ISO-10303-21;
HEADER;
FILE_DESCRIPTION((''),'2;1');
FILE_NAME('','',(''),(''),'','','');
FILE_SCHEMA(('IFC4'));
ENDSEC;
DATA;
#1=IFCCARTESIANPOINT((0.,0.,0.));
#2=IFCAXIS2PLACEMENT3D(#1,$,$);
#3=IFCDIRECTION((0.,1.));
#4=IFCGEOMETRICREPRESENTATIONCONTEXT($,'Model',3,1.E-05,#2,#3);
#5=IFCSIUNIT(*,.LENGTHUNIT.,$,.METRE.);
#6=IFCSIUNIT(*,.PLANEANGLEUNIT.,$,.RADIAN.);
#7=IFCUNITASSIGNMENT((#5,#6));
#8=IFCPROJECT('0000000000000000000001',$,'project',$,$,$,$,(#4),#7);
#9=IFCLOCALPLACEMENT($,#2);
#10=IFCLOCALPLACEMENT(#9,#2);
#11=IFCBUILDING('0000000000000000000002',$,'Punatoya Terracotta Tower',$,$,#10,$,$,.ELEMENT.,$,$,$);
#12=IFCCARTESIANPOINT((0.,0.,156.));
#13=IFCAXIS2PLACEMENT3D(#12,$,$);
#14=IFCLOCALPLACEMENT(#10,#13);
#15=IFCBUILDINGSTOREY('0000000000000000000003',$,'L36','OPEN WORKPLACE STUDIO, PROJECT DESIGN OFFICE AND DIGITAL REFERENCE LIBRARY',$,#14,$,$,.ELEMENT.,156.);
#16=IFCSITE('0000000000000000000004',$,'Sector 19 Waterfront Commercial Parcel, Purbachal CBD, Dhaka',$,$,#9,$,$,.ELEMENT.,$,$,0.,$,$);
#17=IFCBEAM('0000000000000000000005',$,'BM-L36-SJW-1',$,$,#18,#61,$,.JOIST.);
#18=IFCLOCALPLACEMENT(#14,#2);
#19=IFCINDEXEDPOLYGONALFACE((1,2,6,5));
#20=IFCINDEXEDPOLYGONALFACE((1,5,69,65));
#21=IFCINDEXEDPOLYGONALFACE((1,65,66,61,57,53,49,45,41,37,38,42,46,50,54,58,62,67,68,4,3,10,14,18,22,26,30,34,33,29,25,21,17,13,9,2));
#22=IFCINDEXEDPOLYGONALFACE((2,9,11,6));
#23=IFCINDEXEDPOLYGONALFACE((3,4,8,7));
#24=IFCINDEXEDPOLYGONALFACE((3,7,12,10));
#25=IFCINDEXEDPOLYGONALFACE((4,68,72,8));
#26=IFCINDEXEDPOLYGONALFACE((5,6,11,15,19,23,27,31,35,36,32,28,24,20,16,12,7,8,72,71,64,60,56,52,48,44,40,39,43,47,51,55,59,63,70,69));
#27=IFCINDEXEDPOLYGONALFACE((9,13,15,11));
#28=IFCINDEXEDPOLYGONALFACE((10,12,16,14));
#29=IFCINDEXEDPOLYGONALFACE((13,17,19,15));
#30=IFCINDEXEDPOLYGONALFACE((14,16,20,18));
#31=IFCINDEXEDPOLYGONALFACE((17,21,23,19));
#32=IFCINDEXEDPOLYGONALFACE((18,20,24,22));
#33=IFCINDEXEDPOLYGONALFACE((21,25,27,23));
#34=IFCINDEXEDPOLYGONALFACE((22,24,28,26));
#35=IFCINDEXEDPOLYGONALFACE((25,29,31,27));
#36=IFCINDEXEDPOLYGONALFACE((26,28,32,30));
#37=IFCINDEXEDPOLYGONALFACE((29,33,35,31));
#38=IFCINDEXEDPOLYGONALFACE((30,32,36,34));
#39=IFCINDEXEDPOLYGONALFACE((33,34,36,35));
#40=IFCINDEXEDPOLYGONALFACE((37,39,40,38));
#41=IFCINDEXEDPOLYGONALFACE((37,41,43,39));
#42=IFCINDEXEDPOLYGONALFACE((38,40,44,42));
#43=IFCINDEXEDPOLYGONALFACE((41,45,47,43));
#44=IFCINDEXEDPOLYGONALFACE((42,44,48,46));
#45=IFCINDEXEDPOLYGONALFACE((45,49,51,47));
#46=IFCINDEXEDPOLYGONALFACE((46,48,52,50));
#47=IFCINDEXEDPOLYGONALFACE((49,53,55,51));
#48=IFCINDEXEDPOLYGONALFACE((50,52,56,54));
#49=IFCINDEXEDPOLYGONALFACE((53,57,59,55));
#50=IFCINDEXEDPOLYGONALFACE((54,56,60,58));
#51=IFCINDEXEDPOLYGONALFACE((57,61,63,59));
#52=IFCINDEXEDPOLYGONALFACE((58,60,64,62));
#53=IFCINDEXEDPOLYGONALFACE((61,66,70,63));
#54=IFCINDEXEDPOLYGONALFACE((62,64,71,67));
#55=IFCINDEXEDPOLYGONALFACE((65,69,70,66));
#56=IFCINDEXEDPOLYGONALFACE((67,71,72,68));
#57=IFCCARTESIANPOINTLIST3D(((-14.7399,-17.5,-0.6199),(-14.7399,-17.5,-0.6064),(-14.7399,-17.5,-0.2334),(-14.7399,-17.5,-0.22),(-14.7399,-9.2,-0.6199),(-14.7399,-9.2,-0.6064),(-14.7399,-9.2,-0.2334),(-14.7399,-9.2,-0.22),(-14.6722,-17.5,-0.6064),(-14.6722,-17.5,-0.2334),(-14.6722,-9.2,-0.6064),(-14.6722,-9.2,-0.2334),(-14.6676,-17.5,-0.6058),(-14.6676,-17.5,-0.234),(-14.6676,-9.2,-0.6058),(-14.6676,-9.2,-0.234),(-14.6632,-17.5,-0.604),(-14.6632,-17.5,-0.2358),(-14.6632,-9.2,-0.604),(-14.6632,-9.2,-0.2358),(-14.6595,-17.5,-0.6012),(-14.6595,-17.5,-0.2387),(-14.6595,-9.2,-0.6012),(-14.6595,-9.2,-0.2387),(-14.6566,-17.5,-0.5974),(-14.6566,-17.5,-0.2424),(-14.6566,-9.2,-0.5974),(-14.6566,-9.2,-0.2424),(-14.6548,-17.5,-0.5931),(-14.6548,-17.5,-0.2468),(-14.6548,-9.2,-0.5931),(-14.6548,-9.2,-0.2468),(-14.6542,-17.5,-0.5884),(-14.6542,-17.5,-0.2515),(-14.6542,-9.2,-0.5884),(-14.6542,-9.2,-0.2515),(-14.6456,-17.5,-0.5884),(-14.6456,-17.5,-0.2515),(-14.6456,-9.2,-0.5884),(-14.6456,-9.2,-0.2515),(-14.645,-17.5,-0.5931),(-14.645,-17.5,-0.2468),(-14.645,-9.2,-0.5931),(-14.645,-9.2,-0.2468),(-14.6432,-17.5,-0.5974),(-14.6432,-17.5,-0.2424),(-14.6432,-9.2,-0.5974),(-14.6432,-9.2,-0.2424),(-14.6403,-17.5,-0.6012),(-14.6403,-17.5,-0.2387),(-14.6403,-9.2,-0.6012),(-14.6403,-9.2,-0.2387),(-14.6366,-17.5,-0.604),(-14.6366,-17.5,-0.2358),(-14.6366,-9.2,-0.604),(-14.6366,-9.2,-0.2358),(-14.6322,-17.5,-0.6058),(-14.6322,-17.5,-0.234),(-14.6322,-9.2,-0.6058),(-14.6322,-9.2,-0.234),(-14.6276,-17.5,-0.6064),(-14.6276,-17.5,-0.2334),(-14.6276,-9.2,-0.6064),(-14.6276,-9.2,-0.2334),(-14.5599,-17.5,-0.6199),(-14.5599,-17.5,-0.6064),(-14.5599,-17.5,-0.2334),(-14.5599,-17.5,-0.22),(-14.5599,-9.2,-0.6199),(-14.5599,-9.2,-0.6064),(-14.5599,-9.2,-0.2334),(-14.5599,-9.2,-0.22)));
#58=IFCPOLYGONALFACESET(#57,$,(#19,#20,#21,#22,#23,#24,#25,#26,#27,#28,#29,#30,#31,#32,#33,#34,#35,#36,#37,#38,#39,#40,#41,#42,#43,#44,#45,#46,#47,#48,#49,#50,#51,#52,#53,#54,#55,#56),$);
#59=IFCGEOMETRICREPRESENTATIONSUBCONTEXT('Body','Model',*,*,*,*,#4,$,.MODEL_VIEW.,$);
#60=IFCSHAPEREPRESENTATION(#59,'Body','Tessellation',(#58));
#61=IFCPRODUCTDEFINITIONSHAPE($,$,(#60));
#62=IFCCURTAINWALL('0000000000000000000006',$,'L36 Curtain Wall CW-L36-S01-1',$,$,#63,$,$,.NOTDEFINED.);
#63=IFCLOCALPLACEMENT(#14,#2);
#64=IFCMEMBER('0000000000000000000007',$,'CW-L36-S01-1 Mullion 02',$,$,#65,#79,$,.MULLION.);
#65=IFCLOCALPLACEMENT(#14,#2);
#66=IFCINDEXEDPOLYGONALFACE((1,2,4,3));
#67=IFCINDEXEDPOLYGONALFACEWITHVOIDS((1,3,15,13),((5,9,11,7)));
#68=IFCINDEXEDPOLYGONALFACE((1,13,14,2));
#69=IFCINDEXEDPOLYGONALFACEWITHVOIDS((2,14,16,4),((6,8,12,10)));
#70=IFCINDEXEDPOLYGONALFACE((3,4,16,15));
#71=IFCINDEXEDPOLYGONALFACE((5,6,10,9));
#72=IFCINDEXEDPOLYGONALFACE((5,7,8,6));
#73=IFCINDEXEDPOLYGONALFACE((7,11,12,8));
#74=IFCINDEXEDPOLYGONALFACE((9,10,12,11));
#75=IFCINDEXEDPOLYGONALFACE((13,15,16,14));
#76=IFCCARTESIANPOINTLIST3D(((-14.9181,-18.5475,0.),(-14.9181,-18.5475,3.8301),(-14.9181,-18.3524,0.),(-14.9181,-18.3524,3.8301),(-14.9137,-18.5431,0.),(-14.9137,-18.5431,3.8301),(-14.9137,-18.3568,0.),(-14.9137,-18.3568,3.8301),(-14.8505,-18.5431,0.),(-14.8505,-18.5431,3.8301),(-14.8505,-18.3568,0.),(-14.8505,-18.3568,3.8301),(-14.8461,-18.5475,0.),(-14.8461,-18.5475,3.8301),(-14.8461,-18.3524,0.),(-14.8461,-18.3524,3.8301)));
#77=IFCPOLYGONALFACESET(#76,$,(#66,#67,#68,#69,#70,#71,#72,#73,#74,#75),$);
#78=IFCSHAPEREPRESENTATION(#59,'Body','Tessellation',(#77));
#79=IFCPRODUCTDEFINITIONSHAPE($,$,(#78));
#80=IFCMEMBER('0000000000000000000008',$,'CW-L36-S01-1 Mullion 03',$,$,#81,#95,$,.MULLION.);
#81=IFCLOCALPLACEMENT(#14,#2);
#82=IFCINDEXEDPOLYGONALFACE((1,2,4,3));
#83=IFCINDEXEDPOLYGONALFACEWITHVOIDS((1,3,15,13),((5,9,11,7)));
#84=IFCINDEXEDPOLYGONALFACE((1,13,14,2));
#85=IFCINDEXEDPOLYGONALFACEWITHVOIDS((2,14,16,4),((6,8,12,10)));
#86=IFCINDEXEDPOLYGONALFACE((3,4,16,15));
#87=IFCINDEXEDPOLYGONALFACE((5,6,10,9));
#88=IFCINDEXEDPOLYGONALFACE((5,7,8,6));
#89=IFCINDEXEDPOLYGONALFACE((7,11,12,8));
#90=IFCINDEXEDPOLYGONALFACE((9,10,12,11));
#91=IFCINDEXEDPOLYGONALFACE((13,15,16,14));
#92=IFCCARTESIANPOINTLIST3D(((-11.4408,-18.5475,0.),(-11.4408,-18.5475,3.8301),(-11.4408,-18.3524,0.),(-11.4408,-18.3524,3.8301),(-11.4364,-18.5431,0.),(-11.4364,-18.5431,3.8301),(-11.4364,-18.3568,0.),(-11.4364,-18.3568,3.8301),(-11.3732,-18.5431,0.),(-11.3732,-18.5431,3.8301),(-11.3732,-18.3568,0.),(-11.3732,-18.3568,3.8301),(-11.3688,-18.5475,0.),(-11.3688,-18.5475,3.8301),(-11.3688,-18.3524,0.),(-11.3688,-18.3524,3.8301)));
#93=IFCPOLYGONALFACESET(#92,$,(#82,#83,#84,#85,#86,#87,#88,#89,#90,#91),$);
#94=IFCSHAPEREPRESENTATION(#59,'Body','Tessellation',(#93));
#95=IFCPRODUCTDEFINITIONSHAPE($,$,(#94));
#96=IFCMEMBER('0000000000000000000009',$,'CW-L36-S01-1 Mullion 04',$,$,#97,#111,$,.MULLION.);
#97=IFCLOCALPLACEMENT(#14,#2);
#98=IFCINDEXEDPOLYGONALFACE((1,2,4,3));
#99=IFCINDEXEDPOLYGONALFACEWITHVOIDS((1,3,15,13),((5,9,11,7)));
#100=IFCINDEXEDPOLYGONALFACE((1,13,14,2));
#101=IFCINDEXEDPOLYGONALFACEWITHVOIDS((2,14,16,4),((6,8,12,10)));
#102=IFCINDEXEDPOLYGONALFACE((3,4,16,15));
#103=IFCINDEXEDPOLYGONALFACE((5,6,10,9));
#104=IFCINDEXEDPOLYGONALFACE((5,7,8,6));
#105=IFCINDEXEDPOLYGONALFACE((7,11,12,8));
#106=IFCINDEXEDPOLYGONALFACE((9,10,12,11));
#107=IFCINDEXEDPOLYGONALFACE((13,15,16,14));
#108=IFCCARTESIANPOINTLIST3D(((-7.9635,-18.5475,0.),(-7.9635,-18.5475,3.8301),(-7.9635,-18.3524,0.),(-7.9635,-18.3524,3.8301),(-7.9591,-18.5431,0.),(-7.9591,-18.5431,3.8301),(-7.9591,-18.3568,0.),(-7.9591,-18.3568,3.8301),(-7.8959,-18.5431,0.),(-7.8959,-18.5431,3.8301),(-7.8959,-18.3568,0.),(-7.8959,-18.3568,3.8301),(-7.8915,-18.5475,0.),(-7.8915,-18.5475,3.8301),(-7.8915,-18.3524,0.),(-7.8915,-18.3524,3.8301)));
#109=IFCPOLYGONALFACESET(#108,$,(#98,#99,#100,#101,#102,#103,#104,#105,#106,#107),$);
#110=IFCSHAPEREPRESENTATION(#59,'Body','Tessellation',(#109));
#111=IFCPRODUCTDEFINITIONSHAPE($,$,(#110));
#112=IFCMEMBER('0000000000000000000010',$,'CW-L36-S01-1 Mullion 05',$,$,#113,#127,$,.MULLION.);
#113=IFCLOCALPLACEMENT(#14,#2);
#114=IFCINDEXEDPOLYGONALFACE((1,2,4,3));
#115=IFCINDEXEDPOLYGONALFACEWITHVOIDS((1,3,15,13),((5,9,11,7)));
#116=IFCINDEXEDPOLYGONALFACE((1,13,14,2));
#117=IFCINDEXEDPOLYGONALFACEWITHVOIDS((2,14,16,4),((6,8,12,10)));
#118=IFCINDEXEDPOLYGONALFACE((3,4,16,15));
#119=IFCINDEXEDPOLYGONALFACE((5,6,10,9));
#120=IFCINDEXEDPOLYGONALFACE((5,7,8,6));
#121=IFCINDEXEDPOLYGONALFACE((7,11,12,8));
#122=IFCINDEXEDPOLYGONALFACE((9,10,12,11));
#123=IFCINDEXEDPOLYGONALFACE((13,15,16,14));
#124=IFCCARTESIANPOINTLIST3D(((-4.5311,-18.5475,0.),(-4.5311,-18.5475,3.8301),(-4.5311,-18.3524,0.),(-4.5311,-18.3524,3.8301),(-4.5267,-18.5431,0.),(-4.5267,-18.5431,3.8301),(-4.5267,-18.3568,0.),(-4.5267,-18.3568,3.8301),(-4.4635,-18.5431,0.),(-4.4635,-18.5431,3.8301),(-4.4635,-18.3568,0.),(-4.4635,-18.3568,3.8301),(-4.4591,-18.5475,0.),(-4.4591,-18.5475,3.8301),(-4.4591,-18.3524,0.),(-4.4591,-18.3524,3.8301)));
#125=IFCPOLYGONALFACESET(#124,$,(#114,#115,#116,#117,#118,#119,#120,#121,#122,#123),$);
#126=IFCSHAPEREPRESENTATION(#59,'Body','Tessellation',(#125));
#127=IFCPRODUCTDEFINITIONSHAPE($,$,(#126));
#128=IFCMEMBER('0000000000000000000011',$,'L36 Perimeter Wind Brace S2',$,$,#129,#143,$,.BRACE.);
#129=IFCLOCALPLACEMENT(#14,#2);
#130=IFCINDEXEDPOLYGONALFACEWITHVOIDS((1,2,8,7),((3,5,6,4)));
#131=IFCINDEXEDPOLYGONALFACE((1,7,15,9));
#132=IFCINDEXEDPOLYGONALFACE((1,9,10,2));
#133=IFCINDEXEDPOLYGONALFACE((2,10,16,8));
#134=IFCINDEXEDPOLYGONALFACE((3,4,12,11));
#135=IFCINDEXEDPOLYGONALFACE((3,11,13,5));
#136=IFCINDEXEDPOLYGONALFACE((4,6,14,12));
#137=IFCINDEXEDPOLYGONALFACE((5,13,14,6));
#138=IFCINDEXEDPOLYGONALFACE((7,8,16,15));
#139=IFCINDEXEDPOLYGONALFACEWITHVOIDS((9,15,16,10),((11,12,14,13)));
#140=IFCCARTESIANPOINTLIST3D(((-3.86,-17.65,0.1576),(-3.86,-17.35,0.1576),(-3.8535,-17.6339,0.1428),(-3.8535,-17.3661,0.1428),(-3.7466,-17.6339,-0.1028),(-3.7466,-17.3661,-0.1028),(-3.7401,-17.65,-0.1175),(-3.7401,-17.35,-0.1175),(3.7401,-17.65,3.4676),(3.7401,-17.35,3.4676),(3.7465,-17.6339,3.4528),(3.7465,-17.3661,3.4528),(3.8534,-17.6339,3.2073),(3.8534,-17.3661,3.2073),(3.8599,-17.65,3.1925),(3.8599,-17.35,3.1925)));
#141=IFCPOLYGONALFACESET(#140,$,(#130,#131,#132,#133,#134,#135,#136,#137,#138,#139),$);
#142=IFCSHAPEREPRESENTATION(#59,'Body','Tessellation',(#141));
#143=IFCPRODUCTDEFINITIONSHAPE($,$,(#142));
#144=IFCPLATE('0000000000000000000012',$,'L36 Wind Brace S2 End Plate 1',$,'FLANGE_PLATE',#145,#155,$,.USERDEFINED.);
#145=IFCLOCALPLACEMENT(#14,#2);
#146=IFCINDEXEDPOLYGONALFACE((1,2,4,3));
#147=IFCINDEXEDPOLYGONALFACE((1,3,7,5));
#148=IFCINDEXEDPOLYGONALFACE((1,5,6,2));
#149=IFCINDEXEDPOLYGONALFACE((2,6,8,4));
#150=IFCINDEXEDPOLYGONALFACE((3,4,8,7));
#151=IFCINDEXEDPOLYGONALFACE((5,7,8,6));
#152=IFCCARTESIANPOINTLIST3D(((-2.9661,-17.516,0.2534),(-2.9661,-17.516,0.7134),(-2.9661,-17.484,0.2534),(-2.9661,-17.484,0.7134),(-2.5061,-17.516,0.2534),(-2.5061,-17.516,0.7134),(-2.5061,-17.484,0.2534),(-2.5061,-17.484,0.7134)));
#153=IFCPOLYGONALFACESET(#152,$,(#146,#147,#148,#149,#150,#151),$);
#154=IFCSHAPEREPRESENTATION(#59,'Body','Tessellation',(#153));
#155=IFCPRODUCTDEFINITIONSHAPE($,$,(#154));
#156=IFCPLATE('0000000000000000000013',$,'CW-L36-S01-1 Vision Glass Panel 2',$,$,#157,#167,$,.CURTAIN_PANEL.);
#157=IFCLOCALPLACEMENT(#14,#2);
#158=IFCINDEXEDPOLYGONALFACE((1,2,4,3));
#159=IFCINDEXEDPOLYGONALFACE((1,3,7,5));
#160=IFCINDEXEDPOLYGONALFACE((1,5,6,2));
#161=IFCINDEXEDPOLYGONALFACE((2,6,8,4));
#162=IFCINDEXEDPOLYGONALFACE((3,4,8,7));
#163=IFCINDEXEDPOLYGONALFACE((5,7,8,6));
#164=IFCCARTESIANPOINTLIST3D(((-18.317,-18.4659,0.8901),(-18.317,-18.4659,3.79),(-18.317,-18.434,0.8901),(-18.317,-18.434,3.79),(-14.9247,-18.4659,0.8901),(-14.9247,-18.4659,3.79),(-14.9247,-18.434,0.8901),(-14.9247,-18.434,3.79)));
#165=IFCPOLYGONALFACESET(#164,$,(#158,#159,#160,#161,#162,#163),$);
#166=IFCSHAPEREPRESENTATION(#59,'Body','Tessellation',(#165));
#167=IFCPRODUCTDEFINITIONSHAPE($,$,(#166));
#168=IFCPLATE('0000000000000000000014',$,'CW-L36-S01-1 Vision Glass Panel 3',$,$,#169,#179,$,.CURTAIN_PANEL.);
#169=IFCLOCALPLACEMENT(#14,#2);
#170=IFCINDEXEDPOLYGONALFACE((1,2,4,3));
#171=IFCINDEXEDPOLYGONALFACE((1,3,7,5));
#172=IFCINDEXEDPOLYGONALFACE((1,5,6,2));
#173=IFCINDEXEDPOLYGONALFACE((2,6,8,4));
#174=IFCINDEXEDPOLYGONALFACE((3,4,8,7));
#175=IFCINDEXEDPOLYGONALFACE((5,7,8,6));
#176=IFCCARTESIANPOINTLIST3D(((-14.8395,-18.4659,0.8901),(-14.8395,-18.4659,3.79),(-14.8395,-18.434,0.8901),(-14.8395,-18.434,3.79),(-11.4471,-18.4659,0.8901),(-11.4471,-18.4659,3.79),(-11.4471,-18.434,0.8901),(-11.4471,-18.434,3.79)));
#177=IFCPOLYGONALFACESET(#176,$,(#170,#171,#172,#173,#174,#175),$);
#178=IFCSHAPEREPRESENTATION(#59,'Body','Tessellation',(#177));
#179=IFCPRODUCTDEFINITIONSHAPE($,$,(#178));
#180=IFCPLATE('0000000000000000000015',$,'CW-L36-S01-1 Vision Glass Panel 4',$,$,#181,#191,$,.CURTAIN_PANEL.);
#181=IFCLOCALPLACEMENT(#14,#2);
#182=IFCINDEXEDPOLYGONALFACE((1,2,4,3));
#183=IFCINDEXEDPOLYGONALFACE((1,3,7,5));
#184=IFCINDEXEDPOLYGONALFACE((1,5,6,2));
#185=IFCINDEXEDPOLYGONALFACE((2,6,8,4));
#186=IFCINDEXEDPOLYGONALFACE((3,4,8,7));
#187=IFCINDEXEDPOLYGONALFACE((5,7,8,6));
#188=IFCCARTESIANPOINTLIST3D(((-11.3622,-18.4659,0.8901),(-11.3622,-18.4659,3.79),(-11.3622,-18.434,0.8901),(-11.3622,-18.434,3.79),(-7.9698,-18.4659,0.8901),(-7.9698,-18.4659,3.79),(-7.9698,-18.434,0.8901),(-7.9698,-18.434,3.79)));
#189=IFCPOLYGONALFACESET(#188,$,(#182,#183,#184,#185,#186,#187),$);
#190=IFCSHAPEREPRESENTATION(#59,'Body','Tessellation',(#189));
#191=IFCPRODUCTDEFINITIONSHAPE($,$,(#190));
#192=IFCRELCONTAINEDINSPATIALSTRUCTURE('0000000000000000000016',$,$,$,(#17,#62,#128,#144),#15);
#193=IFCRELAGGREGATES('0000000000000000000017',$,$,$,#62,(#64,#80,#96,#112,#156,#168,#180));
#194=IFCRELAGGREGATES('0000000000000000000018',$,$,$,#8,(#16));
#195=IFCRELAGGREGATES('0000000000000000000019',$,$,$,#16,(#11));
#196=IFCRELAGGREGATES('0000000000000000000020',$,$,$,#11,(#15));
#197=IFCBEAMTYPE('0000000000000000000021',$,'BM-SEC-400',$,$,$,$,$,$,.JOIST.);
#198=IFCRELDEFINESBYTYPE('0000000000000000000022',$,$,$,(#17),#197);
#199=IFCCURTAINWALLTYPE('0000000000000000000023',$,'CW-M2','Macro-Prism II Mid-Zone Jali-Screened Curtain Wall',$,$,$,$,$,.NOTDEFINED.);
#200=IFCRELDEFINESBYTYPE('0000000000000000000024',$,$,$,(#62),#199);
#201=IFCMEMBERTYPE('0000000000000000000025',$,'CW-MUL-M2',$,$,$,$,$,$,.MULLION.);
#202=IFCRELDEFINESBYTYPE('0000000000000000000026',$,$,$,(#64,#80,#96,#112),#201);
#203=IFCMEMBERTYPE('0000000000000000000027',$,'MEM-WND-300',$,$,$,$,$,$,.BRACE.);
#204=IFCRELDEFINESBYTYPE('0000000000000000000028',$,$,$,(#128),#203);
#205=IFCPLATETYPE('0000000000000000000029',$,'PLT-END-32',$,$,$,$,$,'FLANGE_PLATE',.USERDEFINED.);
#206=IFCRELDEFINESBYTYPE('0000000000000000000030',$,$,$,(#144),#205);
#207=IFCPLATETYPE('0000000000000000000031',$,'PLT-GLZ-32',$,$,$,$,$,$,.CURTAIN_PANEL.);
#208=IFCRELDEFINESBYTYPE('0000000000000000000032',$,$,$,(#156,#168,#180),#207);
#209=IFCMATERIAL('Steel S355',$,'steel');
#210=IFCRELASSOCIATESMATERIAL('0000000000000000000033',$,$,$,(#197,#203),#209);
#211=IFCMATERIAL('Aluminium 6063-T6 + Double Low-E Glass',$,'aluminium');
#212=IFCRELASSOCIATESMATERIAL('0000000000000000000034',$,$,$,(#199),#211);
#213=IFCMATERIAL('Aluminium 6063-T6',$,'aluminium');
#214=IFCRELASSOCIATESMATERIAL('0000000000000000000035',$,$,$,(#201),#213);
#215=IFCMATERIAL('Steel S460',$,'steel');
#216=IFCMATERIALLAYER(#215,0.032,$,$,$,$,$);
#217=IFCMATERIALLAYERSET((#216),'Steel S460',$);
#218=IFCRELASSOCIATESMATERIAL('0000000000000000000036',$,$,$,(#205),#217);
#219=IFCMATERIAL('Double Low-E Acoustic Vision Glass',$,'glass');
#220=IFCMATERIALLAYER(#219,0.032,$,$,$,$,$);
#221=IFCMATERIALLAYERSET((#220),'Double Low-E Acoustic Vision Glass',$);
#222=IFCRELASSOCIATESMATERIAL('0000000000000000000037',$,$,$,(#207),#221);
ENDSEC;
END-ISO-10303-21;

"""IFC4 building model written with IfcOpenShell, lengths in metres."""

from ifc_helpers import new_model, si_unit, direction, frame, origin, origin_2d, place, context, subcontext, project, spatial, rectangle, hollow_rectangle, i_section, extrude, material, layer, layer_set, material_profile, profile_set, type_object, element, aggregate, save


model = new_model("IFC4")

# Units and contexts
model_context = context("Model", 3, precision=1e-05, world=origin(), true_north=direction((0.0, 1.0)))
body_context = subcontext(model_context, "Body", "Model", "MODEL_VIEW")
ifc_project = project(units=[si_unit("LENGTHUNIT", "METRE"), si_unit("PLANEANGLEUNIT", "RADIAN")], contexts=[model_context])

# Site, building, storey
site_placement = place(None, origin())
site = spatial("IfcSite", under=ifc_project, at=site_placement, Name="Sector 19 Waterfront Commercial Parcel, Purbachal CBD, Dhaka", CompositionType="ELEMENT", RefElevation=0.0)
building_placement = place(site_placement, origin())
building = spatial("IfcBuilding", under=site, at=building_placement, Name="Punatoya Terracotta Tower", CompositionType="ELEMENT")
storey_placement = place(building_placement, frame((0.0, 0.0, 156.0)))
storey = spatial("IfcBuildingStorey", under=building, at=storey_placement, Name="L36", Description="OPEN WORKPLACE STUDIO, PROJECT DESIGN OFFICE AND DIGITAL REFERENCE LIBRARY", CompositionType="ELEMENT", Elevation=156.0)

# Shared definitions
ifc_material_1 = material(Name="Steel S460", Category="steel")

# Beam
ifc_material_2 = material(Name="Steel S355", Category="steel")
ifc_material_profile_1 = material_profile(ifc_material_2, i_section(OverallWidth=0.1799, OverallDepth=0.3999, WebThickness=0.0085, FlangeThickness=0.0134, FilletRadius=0.0181, at=origin_2d()))
ifc_profile_set_1 = profile_set([ifc_material_profile_1], Name="Steel S355")
beam_type_1 = type_object("IfcBeamType", Name="BM-SEC-400", PredefinedType="JOIST", material=ifc_profile_set_1)
beam_1_placement = place(storey_placement, frame((-14.6499, -17.5, -0.4199), z_axis=(0.0, 1.0, 0.0), x_axis=(-1.0, 0.0, 0.0)))
element("IfcBeam", 1, at=beam_1_placement, inside=storey, type_object=beam_type_1, Name="BM-L36-SJW-1", PredefinedType="JOIST", context=body_context, shape_type="SweptSolid", body=[
    extrude(i_section(OverallWidth=0.1799, OverallDepth=0.3999, WebThickness=0.0085, FlangeThickness=0.0134, FilletRadius=0.0181, at=origin_2d()), origin(), (0.0, 0.0, 1.0), 8.3),
])

# Curtain wall, members
ifc_material_3 = material(Name="Aluminium 6063-T6 + Double Low-E Glass", Category="aluminium")
curtain_wall_type = type_object("IfcCurtainWallType", Name="CW-M2", Description="Macro-Prism II Mid-Zone Jali-Screened Curtain Wall", PredefinedType="NOTDEFINED", material=ifc_material_3)
curtain_wall_placement = place(storey_placement, origin())
curtain_wall = element("IfcCurtainWall", 2, at=curtain_wall_placement, inside=storey, type_object=curtain_wall_type, Name="L36 Curtain Wall CW-L36-S01-1", PredefinedType="NOTDEFINED")
ifc_material_4 = material(Name="Aluminium 6063-T6", Category="aluminium")
ifc_material_profile_2 = material_profile(ifc_material_4, hollow_rectangle(XDim=0.072, YDim=0.1951, WallThickness=0.0044, at=origin_2d()))
ifc_profile_set_2 = profile_set([ifc_material_profile_2], Name="Aluminium 6063-T6")
member_type_1 = type_object("IfcMemberType", Name="CW-MUL-M2", PredefinedType="MULLION", material=ifc_profile_set_2)
member_1_placement = place(storey_placement, frame((-14.8821, -18.45, 0.0), z_axis=(0.0, 0.0, 1.0), x_axis=(1.0, 0.0, 0.0)))
member_1 = element("IfcMember", 3, at=member_1_placement, type_object=member_type_1, Name="CW-L36-S01-1 Mullion 02", PredefinedType="MULLION", context=body_context, shape_type="SweptSolid", body=[
    extrude(hollow_rectangle(XDim=0.072, YDim=0.1951, WallThickness=0.0044, at=origin_2d()), origin(), (0.0, 0.0, 1.0), 3.8301),
])
member_2_placement = place(storey_placement, frame((-11.4048, -18.45, 0.0), z_axis=(0.0, 0.0, 1.0), x_axis=(1.0, 0.0, 0.0)))
member_2 = element("IfcMember", 4, at=member_2_placement, type_object=member_type_1, Name="CW-L36-S01-1 Mullion 03", PredefinedType="MULLION", context=body_context, shape_type="SweptSolid", body=[
    extrude(hollow_rectangle(XDim=0.072, YDim=0.1951, WallThickness=0.0044, at=origin_2d()), origin(), (0.0, 0.0, 1.0), 3.8301),
])
member_3_placement = place(storey_placement, frame((-7.9275, -18.45, 0.0), z_axis=(0.0, 0.0, 1.0), x_axis=(1.0, 0.0, 0.0)))
member_3 = element("IfcMember", 5, at=member_3_placement, type_object=member_type_1, Name="CW-L36-S01-1 Mullion 04", PredefinedType="MULLION", context=body_context, shape_type="SweptSolid", body=[
    extrude(hollow_rectangle(XDim=0.072, YDim=0.1951, WallThickness=0.0044, at=origin_2d()), origin(), (0.0, 0.0, 1.0), 3.8301),
])
member_4_placement = place(storey_placement, frame((-4.4951, -18.45, 0.0), z_axis=(0.0, 0.0, 1.0), x_axis=(1.0, 0.0, 0.0)))
member_4 = element("IfcMember", 6, at=member_4_placement, type_object=member_type_1, Name="CW-L36-S01-1 Mullion 05", PredefinedType="MULLION", context=body_context, shape_type="SweptSolid", body=[
    extrude(hollow_rectangle(XDim=0.072, YDim=0.1951, WallThickness=0.0044, at=origin_2d()), origin(), (0.0, 0.0, 1.0), 3.8301),
])

# Member
ifc_material_profile_3 = material_profile(ifc_material_2, hollow_rectangle(XDim=0.3, YDim=0.3, WallThickness=0.0161, at=origin_2d()))
ifc_profile_set_3 = profile_set([ifc_material_profile_3], Name="Steel S355")
member_type_2 = type_object("IfcMemberType", Name="MEM-WND-300", PredefinedType="BRACE", material=ifc_profile_set_3)
member_5_placement = place(storey_placement, frame((-3.8, -17.5, 0.02), z_axis=(0.91682, 0.0, 0.399301), x_axis=(0.0, 1.0, 0.0)))
element("IfcMember", 7, at=member_5_placement, inside=storey, type_object=member_type_2, Name="L36 Perimeter Wind Brace S2", PredefinedType="BRACE", context=body_context, shape_type="SweptSolid", body=[
    extrude(hollow_rectangle(XDim=0.3, YDim=0.3, WallThickness=0.0161, at=origin_2d()), origin(), (0.0, 0.0, 1.0), 8.2896),
])

# Plates
ifc_layer_1 = layer(ifc_material_1, 0.032)
ifc_layer_set_1 = layer_set([ifc_layer_1], Name="Steel S460")
plate_type_1 = type_object("IfcPlateType", Name="PLT-END-32", ElementType="FLANGE_PLATE", PredefinedType="USERDEFINED", material=ifc_layer_set_1)
plate_1_placement = place(storey_placement, frame((-2.7361, -17.5, 0.2534), z_axis=(0.0, 0.0, 1.0), x_axis=(1.0, 0.0, 0.0)))
element("IfcPlate", 8, at=plate_1_placement, inside=storey, type_object=plate_type_1, Name="L36 Wind Brace S2 End Plate 1", ObjectType="FLANGE_PLATE", PredefinedType="USERDEFINED", context=body_context, shape_type="SweptSolid", body=[
    extrude(rectangle(XDim=0.46, YDim=0.032, at=origin_2d()), origin(), (0.0, 0.0, 1.0), 0.46),
])
ifc_material_5 = material(Name="Double Low-E Acoustic Vision Glass", Category="glass")
ifc_layer_2 = layer(ifc_material_5, 0.032)
ifc_layer_set_2 = layer_set([ifc_layer_2], Name="Double Low-E Acoustic Vision Glass")
plate_type_2 = type_object("IfcPlateType", Name="PLT-GLZ-32", PredefinedType="CURTAIN_PANEL", material=ifc_layer_set_2)
plate_2_placement = place(storey_placement, frame((-16.6208, -18.45, 0.8901), z_axis=(0.0, 0.0, 1.0), x_axis=(1.0, 0.0, 0.0)))
plate_2 = element("IfcPlate", 9, at=plate_2_placement, type_object=plate_type_2, Name="CW-L36-S01-1 Vision Glass Panel 2", PredefinedType="CURTAIN_PANEL", context=body_context, shape_type="SweptSolid", body=[
    extrude(rectangle(XDim=3.3923, YDim=0.032, at=origin_2d()), origin(), (0.0, 0.0, 1.0), 2.8999),
])
plate_3_placement = place(storey_placement, frame((-13.1433, -18.45, 0.8901), z_axis=(0.0, 0.0, 1.0), x_axis=(1.0, 0.0, 0.0)))
plate_3 = element("IfcPlate", 10, at=plate_3_placement, type_object=plate_type_2, Name="CW-L36-S01-1 Vision Glass Panel 3", PredefinedType="CURTAIN_PANEL", context=body_context, shape_type="SweptSolid", body=[
    extrude(rectangle(XDim=3.3923, YDim=0.032, at=origin_2d()), origin(), (0.0, 0.0, 1.0), 2.8999),
])
plate_4_placement = place(storey_placement, frame((-9.666, -18.45, 0.8901), z_axis=(0.0, 0.0, 1.0), x_axis=(1.0, 0.0, 0.0)))
plate_4 = element("IfcPlate", 11, at=plate_4_placement, type_object=plate_type_2, Name="CW-L36-S01-1 Vision Glass Panel 4", PredefinedType="CURTAIN_PANEL", context=body_context, shape_type="SweptSolid", body=[
    extrude(rectangle(XDim=3.3923, YDim=0.032, at=origin_2d()), origin(), (0.0, 0.0, 1.0), 2.8999),
])
aggregate(curtain_wall, [member_1, member_2, member_3, member_4, plate_2, plate_3, plate_4])

save(model, "model.ifc")
